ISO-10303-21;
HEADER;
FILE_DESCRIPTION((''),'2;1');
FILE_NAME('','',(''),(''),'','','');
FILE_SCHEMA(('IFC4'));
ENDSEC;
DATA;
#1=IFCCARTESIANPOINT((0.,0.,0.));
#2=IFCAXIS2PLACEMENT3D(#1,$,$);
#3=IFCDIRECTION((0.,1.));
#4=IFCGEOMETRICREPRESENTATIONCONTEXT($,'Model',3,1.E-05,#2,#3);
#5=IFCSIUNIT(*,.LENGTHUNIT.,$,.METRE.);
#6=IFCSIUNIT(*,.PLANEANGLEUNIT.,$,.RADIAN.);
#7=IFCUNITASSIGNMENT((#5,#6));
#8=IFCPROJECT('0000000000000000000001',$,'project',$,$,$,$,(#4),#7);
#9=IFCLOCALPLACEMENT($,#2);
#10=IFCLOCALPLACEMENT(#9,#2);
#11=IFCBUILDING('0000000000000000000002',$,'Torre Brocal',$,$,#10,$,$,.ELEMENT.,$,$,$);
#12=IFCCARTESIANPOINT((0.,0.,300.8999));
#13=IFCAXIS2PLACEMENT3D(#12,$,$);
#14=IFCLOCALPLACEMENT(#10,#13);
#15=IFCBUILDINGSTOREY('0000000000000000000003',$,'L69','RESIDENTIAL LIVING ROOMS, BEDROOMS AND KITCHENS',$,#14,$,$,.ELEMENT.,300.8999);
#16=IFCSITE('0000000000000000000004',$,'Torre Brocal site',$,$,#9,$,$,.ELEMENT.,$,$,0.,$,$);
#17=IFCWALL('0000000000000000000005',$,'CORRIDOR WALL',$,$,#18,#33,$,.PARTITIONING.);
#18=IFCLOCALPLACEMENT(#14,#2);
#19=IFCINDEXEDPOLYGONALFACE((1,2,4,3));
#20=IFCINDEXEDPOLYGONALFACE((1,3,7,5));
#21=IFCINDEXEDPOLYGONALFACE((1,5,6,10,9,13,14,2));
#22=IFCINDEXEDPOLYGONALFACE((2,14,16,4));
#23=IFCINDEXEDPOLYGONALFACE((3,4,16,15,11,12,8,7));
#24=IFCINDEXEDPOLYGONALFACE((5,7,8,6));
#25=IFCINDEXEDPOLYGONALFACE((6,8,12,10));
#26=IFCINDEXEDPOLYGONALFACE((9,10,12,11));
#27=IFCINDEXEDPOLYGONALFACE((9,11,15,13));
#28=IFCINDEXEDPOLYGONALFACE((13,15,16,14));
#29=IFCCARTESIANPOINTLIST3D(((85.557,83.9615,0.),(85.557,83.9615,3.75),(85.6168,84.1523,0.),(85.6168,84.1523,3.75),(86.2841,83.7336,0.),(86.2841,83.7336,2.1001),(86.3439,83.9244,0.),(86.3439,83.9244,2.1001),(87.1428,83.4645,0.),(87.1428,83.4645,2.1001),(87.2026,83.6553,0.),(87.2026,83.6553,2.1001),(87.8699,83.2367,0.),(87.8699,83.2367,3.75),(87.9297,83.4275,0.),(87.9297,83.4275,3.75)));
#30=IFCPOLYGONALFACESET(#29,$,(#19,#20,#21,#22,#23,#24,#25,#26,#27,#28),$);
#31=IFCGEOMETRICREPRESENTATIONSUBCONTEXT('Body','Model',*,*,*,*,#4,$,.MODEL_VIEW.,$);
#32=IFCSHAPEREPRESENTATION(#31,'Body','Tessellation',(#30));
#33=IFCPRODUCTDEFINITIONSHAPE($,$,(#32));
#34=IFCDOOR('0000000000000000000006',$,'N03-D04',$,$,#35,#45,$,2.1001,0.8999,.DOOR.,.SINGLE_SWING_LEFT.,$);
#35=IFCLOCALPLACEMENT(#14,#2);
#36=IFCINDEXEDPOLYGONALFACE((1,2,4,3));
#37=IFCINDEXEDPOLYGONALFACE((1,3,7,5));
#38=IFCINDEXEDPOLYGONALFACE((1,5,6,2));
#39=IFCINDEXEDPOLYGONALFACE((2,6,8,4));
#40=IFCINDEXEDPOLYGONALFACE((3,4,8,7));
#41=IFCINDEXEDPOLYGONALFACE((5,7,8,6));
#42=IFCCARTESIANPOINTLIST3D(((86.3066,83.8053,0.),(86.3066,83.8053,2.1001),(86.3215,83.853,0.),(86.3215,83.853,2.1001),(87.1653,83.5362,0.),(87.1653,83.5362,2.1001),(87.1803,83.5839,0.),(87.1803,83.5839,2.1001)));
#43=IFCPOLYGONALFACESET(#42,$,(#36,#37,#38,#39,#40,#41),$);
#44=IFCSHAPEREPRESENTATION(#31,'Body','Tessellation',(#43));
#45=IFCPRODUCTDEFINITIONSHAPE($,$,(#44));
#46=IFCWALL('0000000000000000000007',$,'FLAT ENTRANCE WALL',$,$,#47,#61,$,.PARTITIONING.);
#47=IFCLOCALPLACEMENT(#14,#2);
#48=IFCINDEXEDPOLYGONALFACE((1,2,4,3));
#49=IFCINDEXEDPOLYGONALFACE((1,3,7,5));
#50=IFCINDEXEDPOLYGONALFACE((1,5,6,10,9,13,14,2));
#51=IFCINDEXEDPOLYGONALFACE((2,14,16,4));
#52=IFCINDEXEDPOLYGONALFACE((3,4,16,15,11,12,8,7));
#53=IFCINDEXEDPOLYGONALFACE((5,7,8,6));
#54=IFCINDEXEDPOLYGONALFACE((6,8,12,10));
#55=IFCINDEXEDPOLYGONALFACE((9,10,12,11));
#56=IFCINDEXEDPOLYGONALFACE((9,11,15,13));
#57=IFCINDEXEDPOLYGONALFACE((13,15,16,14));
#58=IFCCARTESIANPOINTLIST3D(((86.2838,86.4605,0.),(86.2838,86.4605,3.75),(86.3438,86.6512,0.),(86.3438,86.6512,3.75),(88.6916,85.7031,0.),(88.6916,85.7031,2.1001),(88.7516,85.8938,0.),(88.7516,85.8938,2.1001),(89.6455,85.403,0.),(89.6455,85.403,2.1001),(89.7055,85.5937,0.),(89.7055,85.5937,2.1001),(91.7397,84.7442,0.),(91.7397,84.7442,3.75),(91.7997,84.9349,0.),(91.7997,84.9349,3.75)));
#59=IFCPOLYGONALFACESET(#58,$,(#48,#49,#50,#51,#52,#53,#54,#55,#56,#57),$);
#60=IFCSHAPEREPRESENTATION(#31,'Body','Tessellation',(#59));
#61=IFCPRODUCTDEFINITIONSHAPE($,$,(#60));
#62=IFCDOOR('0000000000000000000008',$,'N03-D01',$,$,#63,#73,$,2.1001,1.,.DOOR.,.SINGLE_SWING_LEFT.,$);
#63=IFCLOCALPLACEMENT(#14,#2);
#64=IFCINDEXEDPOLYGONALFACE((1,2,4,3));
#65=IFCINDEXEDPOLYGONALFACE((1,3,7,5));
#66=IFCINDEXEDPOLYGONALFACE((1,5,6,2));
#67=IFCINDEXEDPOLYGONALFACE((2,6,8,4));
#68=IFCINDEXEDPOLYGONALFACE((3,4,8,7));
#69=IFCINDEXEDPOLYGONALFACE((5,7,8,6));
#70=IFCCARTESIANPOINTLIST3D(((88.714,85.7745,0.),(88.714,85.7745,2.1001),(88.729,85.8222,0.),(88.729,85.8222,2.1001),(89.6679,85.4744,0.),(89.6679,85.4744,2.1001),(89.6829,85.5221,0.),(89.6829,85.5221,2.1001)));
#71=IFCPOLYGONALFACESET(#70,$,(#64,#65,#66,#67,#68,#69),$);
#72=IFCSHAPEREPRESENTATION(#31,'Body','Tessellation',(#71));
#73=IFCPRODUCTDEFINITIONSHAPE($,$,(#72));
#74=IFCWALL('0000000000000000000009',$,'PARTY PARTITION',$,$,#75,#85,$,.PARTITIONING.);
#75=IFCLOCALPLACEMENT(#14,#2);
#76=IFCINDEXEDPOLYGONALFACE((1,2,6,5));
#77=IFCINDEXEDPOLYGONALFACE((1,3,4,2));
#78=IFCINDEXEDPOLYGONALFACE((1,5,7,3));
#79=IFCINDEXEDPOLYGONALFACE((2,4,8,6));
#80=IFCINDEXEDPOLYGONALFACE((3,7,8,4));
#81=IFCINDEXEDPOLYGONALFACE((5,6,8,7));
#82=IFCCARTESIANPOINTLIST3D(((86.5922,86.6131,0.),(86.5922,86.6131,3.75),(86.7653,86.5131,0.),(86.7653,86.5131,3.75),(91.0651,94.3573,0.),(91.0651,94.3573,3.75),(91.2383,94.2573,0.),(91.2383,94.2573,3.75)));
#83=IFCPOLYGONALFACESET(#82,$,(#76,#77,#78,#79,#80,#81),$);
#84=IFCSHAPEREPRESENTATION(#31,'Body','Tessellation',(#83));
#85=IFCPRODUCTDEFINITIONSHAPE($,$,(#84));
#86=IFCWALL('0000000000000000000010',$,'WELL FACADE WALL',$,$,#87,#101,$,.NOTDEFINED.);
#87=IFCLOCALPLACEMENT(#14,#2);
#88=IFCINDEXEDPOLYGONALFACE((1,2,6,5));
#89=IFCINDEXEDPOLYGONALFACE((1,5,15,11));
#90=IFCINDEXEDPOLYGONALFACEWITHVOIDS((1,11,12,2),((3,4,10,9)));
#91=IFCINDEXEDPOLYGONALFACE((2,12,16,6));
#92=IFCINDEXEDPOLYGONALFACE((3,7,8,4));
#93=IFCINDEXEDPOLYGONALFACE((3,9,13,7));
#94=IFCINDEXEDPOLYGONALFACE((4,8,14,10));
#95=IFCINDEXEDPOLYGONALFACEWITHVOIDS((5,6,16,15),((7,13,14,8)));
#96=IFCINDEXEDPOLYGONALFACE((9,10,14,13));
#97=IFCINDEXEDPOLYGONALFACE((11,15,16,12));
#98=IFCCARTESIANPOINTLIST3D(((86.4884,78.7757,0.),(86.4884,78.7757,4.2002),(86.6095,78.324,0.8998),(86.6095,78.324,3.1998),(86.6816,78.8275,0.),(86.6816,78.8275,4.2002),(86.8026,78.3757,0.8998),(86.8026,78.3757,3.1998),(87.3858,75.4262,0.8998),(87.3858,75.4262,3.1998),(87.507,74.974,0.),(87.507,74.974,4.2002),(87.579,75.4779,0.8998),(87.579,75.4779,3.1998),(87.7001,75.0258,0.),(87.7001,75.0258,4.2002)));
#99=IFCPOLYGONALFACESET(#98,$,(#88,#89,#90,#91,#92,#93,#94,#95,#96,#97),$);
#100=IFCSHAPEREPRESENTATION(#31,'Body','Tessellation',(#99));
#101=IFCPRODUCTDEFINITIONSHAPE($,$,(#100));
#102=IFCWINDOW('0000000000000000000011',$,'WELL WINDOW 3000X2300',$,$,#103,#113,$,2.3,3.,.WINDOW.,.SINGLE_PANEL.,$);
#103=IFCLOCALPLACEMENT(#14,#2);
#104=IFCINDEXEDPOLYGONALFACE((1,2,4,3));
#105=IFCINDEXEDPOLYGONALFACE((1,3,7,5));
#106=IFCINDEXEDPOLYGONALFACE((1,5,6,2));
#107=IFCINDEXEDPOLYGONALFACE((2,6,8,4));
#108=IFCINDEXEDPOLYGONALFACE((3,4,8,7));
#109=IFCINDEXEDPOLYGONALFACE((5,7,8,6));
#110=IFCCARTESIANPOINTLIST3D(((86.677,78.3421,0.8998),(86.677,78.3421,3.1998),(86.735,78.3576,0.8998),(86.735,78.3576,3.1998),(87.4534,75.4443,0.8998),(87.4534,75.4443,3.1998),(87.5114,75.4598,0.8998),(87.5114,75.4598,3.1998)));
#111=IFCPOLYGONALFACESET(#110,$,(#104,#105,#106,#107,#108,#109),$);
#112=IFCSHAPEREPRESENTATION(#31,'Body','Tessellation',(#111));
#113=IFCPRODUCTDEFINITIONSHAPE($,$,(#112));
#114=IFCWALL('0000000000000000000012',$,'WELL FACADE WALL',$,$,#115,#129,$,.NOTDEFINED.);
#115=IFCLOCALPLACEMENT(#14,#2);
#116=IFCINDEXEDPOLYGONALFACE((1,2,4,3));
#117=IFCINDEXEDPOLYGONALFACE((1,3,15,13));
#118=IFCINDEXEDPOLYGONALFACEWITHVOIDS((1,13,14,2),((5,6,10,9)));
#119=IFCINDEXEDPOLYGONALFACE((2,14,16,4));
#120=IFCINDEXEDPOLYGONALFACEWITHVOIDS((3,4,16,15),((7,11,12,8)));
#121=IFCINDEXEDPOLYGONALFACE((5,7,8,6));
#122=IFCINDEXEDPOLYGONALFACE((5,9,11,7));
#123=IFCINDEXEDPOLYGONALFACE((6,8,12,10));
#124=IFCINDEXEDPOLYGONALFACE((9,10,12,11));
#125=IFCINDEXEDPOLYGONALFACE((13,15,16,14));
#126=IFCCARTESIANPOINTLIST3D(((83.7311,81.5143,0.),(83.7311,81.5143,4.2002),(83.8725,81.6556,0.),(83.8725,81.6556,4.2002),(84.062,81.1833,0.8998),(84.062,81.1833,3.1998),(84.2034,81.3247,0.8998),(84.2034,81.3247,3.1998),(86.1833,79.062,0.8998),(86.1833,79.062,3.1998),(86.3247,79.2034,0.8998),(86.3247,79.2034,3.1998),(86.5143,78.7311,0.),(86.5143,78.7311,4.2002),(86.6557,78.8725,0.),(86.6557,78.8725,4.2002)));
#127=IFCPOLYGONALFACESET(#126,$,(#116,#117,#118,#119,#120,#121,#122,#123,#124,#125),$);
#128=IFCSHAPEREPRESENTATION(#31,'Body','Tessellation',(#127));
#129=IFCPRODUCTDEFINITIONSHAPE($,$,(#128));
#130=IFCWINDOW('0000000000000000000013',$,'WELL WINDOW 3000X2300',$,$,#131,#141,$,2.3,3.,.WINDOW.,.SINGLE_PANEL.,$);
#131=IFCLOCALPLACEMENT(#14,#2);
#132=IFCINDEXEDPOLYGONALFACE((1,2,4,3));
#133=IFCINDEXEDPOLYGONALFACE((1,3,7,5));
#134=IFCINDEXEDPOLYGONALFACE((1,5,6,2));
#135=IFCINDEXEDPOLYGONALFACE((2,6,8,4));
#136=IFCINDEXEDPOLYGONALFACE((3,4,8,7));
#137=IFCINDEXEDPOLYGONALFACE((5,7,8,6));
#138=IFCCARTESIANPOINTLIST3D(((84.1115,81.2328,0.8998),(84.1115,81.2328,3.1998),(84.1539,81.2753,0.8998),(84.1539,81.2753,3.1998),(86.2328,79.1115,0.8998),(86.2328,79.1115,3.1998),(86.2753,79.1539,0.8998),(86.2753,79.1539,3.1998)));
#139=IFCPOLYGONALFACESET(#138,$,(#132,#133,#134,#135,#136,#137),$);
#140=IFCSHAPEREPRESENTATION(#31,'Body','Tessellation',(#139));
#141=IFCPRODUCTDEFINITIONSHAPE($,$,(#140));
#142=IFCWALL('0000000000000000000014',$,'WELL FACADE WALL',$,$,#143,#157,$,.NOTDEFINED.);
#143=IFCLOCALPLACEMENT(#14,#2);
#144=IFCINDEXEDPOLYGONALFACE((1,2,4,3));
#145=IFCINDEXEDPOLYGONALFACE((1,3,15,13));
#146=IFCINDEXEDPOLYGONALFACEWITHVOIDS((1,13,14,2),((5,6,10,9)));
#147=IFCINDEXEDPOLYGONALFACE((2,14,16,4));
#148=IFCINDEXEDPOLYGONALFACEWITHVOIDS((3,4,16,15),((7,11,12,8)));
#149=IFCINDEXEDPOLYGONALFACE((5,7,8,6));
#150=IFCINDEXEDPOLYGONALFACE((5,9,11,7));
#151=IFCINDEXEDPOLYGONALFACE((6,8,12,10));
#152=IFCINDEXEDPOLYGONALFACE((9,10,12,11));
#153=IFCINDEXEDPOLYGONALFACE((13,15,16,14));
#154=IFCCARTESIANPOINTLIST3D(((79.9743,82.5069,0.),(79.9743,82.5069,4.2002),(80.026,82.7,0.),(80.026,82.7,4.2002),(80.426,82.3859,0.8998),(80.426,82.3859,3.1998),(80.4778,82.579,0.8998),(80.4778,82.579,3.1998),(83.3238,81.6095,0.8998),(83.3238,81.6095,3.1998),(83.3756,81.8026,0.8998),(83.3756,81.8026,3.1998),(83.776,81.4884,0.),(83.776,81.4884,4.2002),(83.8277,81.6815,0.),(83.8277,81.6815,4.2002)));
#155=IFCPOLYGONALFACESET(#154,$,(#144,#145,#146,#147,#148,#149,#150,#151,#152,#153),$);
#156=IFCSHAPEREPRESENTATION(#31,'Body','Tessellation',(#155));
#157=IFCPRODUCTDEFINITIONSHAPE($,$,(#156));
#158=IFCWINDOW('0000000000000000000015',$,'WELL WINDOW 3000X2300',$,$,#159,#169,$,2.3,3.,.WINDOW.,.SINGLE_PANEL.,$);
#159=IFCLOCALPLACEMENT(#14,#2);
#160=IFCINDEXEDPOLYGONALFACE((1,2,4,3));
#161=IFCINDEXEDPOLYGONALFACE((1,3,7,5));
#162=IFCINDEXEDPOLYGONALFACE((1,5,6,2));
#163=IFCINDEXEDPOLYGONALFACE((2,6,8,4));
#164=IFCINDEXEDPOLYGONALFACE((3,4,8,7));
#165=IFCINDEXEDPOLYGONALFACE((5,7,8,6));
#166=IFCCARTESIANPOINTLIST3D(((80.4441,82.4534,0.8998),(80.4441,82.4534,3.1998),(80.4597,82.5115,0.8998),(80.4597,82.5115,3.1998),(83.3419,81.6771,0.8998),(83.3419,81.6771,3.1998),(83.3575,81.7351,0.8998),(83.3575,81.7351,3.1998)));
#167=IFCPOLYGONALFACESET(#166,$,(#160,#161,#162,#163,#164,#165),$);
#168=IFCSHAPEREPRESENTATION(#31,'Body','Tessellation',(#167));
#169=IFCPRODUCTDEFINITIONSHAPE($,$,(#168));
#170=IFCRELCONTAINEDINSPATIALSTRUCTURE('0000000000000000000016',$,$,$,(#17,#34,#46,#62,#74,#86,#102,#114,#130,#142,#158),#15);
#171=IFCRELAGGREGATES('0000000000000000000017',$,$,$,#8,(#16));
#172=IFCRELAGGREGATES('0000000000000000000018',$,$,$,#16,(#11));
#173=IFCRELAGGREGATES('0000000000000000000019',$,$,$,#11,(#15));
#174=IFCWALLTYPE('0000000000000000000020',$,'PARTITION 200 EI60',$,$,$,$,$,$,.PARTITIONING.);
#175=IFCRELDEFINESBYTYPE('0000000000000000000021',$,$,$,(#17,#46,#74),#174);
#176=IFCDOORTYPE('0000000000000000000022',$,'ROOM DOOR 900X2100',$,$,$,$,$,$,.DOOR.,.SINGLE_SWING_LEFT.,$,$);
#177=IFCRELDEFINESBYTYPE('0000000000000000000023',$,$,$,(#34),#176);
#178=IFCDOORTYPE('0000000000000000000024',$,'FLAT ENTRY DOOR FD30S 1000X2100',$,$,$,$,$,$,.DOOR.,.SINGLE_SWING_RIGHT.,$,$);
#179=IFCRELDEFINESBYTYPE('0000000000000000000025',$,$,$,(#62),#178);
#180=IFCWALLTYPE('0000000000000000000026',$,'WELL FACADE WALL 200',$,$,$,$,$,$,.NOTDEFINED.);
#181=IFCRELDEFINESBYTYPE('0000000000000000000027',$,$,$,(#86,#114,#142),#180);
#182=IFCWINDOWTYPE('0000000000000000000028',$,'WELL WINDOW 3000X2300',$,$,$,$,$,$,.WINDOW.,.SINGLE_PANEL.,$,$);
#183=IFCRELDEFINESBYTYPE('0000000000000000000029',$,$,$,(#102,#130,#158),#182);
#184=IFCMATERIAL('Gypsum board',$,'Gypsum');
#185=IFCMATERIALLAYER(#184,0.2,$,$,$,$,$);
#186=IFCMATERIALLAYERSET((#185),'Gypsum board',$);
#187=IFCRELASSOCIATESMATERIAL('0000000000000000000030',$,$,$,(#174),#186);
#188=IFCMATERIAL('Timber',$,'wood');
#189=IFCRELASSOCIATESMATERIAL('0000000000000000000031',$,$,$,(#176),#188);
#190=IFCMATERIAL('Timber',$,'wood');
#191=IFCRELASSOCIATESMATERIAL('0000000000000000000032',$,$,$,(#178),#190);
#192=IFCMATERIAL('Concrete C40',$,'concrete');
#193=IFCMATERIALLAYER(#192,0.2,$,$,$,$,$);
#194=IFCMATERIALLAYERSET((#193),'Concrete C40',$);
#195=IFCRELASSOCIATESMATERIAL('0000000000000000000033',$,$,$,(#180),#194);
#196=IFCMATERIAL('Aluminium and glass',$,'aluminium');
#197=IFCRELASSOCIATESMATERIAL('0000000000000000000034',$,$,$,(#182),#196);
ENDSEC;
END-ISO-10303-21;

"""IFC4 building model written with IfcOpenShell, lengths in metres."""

from ifc_helpers import new_model, si_unit, direction, frame, frame_2d, origin, place, context, subcontext, project, spatial, rectangle, extrude, material, layer, layer_set, type_object, element, fill, save


model = new_model("IFC4")

# Units and contexts
model_context = context("Model", 3, precision=1e-05, world=origin(), true_north=direction((0.0, 1.0)))
body_context = subcontext(model_context, "Body", "Model", "MODEL_VIEW")
ifc_project = project(units=[si_unit("LENGTHUNIT", "METRE"), si_unit("PLANEANGLEUNIT", "RADIAN")], contexts=[model_context])

# Site, building, storey
site_placement = place(None, origin())
site = spatial("IfcSite", under=ifc_project, at=site_placement, Name="Torre Brocal site", CompositionType="ELEMENT", RefElevation=0.0)
building_placement = place(site_placement, origin())
building = spatial("IfcBuilding", under=site, at=building_placement, Name="Torre Brocal", CompositionType="ELEMENT")
storey_placement = place(building_placement, frame((0.0, 0.0, 300.8999)))
storey = spatial("IfcBuildingStorey", under=building, at=storey_placement, Name="L69", Description="RESIDENTIAL LIVING ROOMS, BEDROOMS AND KITCHENS", CompositionType="ELEMENT", Elevation=300.8999)

# Shared definitions
ifc_material_1 = material(Name="Gypsum board", Category="Gypsum")
ifc_layer_1 = layer(ifc_material_1, 0.2)
ifc_layer_set_1 = layer_set([ifc_layer_1], Name="Gypsum board")
wall_type_1 = type_object("IfcWallType", Name="PARTITION 200 EI60", PredefinedType="PARTITIONING", material=ifc_layer_set_1)

# Shared definitions
ifc_material_2 = material(Name="Timber", Category="wood")
door_type_1 = type_object("IfcDoorType", Name="ROOM DOOR 900X2100", OperationType="SINGLE_SWING_LEFT", PredefinedType="DOOR", material=ifc_material_2)
ifc_material_3 = material(Name="Timber", Category="wood")
door_type_2 = type_object("IfcDoorType", Name="FLAT ENTRY DOOR FD30S 1000X2100", OperationType="SINGLE_SWING_RIGHT", PredefinedType="DOOR", material=ifc_material_3)

# Walls, openings, doors
wall_1_placement = place(storey_placement, frame((85.5869, 84.0569, 0.0), z_axis=(0.0, 0.0, 1.0), x_axis=(0.95424, -0.299043, 0.0)))
wall_1 = element("IfcWall", 1, at=wall_1_placement, inside=storey, type_object=wall_type_1, Name="CORRIDOR WALL", PredefinedType="PARTITIONING", context=body_context, shape_type="SweptSolid", body=[
    extrude(rectangle(XDim=2.4238, YDim=0.2, at=frame_2d((1.2119, 0.0))), origin(), (0.0, 0.0, 1.0), 3.75),
])
opening_1_placement = place(wall_1_placement, frame((0.762, 0.0, 0.0)))
opening_1 = element("IfcOpeningElement", 2, at=opening_1_placement, cuts=wall_1, PredefinedType="OPENING", context=body_context, shape_type="SweptSolid", body=[
    extrude(rectangle(XDim=0.8999, YDim=2.1001, at=frame_2d((0.45, 1.05))), frame((0.0, 0.1099, 0.0), z_axis=(0.0, -1.0, 0.0), x_axis=(1.0, 0.0, 0.0)), (0.0, 0.0, 1.0), 0.22),
])
door_1_placement = place(opening_1_placement, frame((0.8999, 0.0, 0.0), z_axis=(0.0, 0.0, 1.0), x_axis=(-1.0, 0.0, 0.0)))
door_1 = element("IfcDoor", 3, at=door_1_placement, inside=storey, type_object=door_type_1, Name="N03-D04", OperationType="SINGLE_SWING_LEFT", OverallHeight=2.1001, OverallWidth=0.8999, PredefinedType="DOOR", context=body_context, shape_type="SweptSolid", body=[
    extrude(rectangle(XDim=0.8999, YDim=2.1001, at=frame_2d((0.45, 1.05))), frame((0.0, 0.0249, 0.0), z_axis=(0.0, -1.0, 0.0), x_axis=(1.0, 0.0, 0.0)), (0.0, 0.0, 1.0), 0.05),
])
fill(opening_1, door_1)
wall_2_placement = place(storey_placement, frame((86.3137, 86.5559, 0.0), z_axis=(0.0, 0.0, 1.0), x_axis=(0.953912, -0.300085, 0.0)))
wall_2 = element("IfcWall", 4, at=wall_2_placement, inside=storey, type_object=wall_type_1, Name="FLAT ENTRANCE WALL", PredefinedType="PARTITIONING", context=body_context, shape_type="SweptSolid", body=[
    extrude(rectangle(XDim=5.7195, YDim=0.2, at=frame_2d((2.8599, 0.0))), origin(), (0.0, 0.0, 1.0), 3.75),
])
opening_2_placement = place(wall_2_placement, frame((2.5242, 0.0, 0.0)))
opening_2 = element("IfcOpeningElement", 5, at=opening_2_placement, cuts=wall_2, PredefinedType="OPENING", context=body_context, shape_type="SweptSolid", body=[
    extrude(rectangle(XDim=1.0, YDim=2.1001, at=frame_2d((0.5, 1.05))), frame((0.0, 0.1099, 0.0), z_axis=(0.0, -1.0, 0.0), x_axis=(1.0, 0.0, 0.0)), (0.0, 0.0, 1.0), 0.22),
])
door_2_placement = place(opening_2_placement, origin())
door_2 = element("IfcDoor", 6, at=door_2_placement, inside=storey, type_object=door_type_2, Name="N03-D01", OperationType="SINGLE_SWING_LEFT", OverallHeight=2.1001, OverallWidth=1.0, PredefinedType="DOOR", context=body_context, shape_type="SweptSolid", body=[
    extrude(rectangle(XDim=1.0, YDim=2.1001, at=frame_2d((0.5, 1.05))), frame((0.0, 0.0249, 0.0), z_axis=(0.0, -1.0, 0.0), x_axis=(1.0, 0.0, 0.0)), (0.0, 0.0, 1.0), 0.05),
])
fill(opening_2, door_2)

# Wall
wall_3_placement = place(storey_placement, frame((86.6787, 86.563, 0.0), z_axis=(0.0, 0.0, 1.0), x_axis=(0.500153, 0.865937, 0.0)))
element("IfcWall", 7, at=wall_3_placement, inside=storey, type_object=wall_type_1, Name="PARTY PARTITION", PredefinedType="PARTITIONING", context=body_context, shape_type="SweptSolid", body=[
    extrude(rectangle(XDim=8.9431, YDim=0.2, at=frame_2d((4.4717, 0.0))), origin(), (0.0, 0.0, 1.0), 3.75),
])

# Walls, openings, windows
ifc_material_4 = material(Name="Concrete C40", Category="concrete")
ifc_layer_2 = layer(ifc_material_4, 0.2)
ifc_layer_set_2 = layer_set([ifc_layer_2], Name="Concrete C40")
wall_type_2 = type_object("IfcWallType", Name="WELL FACADE WALL 200", PredefinedType="NOTDEFINED", material=ifc_layer_set_2)
wall_4_placement = place(storey_placement, frame((87.6035, 75.0, 0.0), z_axis=(0.0, 0.0, 1.0), x_axis=(-0.25879, 0.965934, 0.0)))
wall_4 = element("IfcWall", 8, at=wall_4_placement, inside=storey, type_object=wall_type_2, Name="WELL FACADE WALL", PredefinedType="NOTDEFINED", context=body_context, shape_type="SweptSolid", body=[
    extrude(rectangle(XDim=3.9358, YDim=0.2, at=frame_2d((1.9678, 0.0))), origin(), (0.0, 0.0, 1.0), 4.2002),
])
opening_3_placement = place(wall_4_placement, frame((0.468, 0.0, 0.8999)))
opening_3 = element("IfcOpeningElement", 9, at=opening_3_placement, cuts=wall_4, PredefinedType="OPENING", context=body_context, shape_type="SweptSolid", body=[
    extrude(rectangle(XDim=3.0, YDim=2.3, at=frame_2d((1.5, 1.1499))), frame((0.0, 0.1099, 0.0), z_axis=(0.0, -1.0, 0.0), x_axis=(1.0, 0.0, 0.0)), (0.0, 0.0, 1.0), 0.22),
])
ifc_material_5 = material(Name="Aluminium and glass", Category="aluminium")
window_type = type_object("IfcWindowType", Name="WELL WINDOW 3000X2300", PartitioningType="SINGLE_PANEL", PredefinedType="WINDOW", material=ifc_material_5)
window_1_placement = place(opening_3_placement, origin())
window_1 = element("IfcWindow", 10, at=window_1_placement, inside=storey, type_object=window_type, Name="WELL WINDOW 3000X2300", OverallHeight=2.3, OverallWidth=3.0, PartitioningType="SINGLE_PANEL", PredefinedType="WINDOW", context=body_context, shape_type="SweptSolid", body=[
    extrude(rectangle(XDim=3.0, YDim=2.3, at=frame_2d((1.5, 1.1499))), frame((0.0, 0.03, 0.0), z_axis=(0.0, -1.0, 0.0), x_axis=(1.0, 0.0, 0.0)), (0.0, 0.0, 1.0), 0.0601),
])
fill(opening_3, window_1)
wall_5_placement = place(storey_placement, frame((86.585, 78.8018, 0.0), z_axis=(0.0, 0.0, 1.0), x_axis=(-0.707107, 0.707107, 0.0)))
wall_5 = element("IfcWall", 11, at=wall_5_placement, inside=storey, type_object=wall_type_2, Name="WELL FACADE WALL", PredefinedType="NOTDEFINED", context=body_context, shape_type="SweptSolid", body=[
    extrude(rectangle(XDim=3.936, YDim=0.2, at=frame_2d((1.968, 0.0))), origin(), (0.0, 0.0, 1.0), 4.2002),
])
opening_4_placement = place(wall_5_placement, frame((0.468, 0.0, 0.8999)))
opening_4 = element("IfcOpeningElement", 12, at=opening_4_placement, cuts=wall_5, PredefinedType="OPENING", context=body_context, shape_type="SweptSolid", body=[
    extrude(rectangle(XDim=3.0, YDim=2.3, at=frame_2d((1.5, 1.1499))), frame((0.0, 0.1099, 0.0), z_axis=(0.0, -1.0, 0.0), x_axis=(1.0, 0.0, 0.0)), (0.0, 0.0, 1.0), 0.22),
])
window_2_placement = place(opening_4_placement, origin())
window_2 = element("IfcWindow", 13, at=window_2_placement, inside=storey, type_object=window_type, Name="WELL WINDOW 3000X2300", OverallHeight=2.3, OverallWidth=3.0, PartitioningType="SINGLE_PANEL", PredefinedType="WINDOW", context=body_context, shape_type="SweptSolid", body=[
    extrude(rectangle(XDim=3.0, YDim=2.3, at=frame_2d((1.5, 1.1499))), frame((0.0, 0.03, 0.0), z_axis=(0.0, -1.0, 0.0), x_axis=(1.0, 0.0, 0.0)), (0.0, 0.0, 1.0), 0.0601),
])
fill(opening_4, window_2)
wall_6_placement = place(storey_placement, frame((83.8018, 81.585, 0.0), z_axis=(0.0, 0.0, 1.0), x_axis=(-0.965934, 0.25879, 0.0)))
wall_6 = element("IfcWall", 14, at=wall_6_placement, inside=storey, type_object=wall_type_2, Name="WELL FACADE WALL", PredefinedType="NOTDEFINED", context=body_context, shape_type="SweptSolid", body=[
    extrude(rectangle(XDim=3.9358, YDim=0.2, at=frame_2d((1.9678, 0.0))), origin(), (0.0, 0.0, 1.0), 4.2002),
])
opening_5_placement = place(wall_6_placement, frame((0.468, 0.0, 0.8999)))
opening_5 = element("IfcOpeningElement", 15, at=opening_5_placement, cuts=wall_6, PredefinedType="OPENING", context=body_context, shape_type="SweptSolid", body=[
    extrude(rectangle(XDim=3.0, YDim=2.3, at=frame_2d((1.5, 1.1499))), frame((0.0, 0.1099, 0.0), z_axis=(0.0, -1.0, 0.0), x_axis=(1.0, 0.0, 0.0)), (0.0, 0.0, 1.0), 0.22),
])
window_3_placement = place(opening_5_placement, origin())
window_3 = element("IfcWindow", 16, at=window_3_placement, inside=storey, type_object=window_type, Name="WELL WINDOW 3000X2300", OverallHeight=2.3, OverallWidth=3.0, PartitioningType="SINGLE_PANEL", PredefinedType="WINDOW", context=body_context, shape_type="SweptSolid", body=[
    extrude(rectangle(XDim=3.0, YDim=2.3, at=frame_2d((1.5, 1.1499))), frame((0.0, 0.03, 0.0), z_axis=(0.0, -1.0, 0.0), x_axis=(1.0, 0.0, 0.0)), (0.0, 0.0, 1.0), 0.0601),
])
fill(opening_5, window_3)

save(model, "model.ifc")
